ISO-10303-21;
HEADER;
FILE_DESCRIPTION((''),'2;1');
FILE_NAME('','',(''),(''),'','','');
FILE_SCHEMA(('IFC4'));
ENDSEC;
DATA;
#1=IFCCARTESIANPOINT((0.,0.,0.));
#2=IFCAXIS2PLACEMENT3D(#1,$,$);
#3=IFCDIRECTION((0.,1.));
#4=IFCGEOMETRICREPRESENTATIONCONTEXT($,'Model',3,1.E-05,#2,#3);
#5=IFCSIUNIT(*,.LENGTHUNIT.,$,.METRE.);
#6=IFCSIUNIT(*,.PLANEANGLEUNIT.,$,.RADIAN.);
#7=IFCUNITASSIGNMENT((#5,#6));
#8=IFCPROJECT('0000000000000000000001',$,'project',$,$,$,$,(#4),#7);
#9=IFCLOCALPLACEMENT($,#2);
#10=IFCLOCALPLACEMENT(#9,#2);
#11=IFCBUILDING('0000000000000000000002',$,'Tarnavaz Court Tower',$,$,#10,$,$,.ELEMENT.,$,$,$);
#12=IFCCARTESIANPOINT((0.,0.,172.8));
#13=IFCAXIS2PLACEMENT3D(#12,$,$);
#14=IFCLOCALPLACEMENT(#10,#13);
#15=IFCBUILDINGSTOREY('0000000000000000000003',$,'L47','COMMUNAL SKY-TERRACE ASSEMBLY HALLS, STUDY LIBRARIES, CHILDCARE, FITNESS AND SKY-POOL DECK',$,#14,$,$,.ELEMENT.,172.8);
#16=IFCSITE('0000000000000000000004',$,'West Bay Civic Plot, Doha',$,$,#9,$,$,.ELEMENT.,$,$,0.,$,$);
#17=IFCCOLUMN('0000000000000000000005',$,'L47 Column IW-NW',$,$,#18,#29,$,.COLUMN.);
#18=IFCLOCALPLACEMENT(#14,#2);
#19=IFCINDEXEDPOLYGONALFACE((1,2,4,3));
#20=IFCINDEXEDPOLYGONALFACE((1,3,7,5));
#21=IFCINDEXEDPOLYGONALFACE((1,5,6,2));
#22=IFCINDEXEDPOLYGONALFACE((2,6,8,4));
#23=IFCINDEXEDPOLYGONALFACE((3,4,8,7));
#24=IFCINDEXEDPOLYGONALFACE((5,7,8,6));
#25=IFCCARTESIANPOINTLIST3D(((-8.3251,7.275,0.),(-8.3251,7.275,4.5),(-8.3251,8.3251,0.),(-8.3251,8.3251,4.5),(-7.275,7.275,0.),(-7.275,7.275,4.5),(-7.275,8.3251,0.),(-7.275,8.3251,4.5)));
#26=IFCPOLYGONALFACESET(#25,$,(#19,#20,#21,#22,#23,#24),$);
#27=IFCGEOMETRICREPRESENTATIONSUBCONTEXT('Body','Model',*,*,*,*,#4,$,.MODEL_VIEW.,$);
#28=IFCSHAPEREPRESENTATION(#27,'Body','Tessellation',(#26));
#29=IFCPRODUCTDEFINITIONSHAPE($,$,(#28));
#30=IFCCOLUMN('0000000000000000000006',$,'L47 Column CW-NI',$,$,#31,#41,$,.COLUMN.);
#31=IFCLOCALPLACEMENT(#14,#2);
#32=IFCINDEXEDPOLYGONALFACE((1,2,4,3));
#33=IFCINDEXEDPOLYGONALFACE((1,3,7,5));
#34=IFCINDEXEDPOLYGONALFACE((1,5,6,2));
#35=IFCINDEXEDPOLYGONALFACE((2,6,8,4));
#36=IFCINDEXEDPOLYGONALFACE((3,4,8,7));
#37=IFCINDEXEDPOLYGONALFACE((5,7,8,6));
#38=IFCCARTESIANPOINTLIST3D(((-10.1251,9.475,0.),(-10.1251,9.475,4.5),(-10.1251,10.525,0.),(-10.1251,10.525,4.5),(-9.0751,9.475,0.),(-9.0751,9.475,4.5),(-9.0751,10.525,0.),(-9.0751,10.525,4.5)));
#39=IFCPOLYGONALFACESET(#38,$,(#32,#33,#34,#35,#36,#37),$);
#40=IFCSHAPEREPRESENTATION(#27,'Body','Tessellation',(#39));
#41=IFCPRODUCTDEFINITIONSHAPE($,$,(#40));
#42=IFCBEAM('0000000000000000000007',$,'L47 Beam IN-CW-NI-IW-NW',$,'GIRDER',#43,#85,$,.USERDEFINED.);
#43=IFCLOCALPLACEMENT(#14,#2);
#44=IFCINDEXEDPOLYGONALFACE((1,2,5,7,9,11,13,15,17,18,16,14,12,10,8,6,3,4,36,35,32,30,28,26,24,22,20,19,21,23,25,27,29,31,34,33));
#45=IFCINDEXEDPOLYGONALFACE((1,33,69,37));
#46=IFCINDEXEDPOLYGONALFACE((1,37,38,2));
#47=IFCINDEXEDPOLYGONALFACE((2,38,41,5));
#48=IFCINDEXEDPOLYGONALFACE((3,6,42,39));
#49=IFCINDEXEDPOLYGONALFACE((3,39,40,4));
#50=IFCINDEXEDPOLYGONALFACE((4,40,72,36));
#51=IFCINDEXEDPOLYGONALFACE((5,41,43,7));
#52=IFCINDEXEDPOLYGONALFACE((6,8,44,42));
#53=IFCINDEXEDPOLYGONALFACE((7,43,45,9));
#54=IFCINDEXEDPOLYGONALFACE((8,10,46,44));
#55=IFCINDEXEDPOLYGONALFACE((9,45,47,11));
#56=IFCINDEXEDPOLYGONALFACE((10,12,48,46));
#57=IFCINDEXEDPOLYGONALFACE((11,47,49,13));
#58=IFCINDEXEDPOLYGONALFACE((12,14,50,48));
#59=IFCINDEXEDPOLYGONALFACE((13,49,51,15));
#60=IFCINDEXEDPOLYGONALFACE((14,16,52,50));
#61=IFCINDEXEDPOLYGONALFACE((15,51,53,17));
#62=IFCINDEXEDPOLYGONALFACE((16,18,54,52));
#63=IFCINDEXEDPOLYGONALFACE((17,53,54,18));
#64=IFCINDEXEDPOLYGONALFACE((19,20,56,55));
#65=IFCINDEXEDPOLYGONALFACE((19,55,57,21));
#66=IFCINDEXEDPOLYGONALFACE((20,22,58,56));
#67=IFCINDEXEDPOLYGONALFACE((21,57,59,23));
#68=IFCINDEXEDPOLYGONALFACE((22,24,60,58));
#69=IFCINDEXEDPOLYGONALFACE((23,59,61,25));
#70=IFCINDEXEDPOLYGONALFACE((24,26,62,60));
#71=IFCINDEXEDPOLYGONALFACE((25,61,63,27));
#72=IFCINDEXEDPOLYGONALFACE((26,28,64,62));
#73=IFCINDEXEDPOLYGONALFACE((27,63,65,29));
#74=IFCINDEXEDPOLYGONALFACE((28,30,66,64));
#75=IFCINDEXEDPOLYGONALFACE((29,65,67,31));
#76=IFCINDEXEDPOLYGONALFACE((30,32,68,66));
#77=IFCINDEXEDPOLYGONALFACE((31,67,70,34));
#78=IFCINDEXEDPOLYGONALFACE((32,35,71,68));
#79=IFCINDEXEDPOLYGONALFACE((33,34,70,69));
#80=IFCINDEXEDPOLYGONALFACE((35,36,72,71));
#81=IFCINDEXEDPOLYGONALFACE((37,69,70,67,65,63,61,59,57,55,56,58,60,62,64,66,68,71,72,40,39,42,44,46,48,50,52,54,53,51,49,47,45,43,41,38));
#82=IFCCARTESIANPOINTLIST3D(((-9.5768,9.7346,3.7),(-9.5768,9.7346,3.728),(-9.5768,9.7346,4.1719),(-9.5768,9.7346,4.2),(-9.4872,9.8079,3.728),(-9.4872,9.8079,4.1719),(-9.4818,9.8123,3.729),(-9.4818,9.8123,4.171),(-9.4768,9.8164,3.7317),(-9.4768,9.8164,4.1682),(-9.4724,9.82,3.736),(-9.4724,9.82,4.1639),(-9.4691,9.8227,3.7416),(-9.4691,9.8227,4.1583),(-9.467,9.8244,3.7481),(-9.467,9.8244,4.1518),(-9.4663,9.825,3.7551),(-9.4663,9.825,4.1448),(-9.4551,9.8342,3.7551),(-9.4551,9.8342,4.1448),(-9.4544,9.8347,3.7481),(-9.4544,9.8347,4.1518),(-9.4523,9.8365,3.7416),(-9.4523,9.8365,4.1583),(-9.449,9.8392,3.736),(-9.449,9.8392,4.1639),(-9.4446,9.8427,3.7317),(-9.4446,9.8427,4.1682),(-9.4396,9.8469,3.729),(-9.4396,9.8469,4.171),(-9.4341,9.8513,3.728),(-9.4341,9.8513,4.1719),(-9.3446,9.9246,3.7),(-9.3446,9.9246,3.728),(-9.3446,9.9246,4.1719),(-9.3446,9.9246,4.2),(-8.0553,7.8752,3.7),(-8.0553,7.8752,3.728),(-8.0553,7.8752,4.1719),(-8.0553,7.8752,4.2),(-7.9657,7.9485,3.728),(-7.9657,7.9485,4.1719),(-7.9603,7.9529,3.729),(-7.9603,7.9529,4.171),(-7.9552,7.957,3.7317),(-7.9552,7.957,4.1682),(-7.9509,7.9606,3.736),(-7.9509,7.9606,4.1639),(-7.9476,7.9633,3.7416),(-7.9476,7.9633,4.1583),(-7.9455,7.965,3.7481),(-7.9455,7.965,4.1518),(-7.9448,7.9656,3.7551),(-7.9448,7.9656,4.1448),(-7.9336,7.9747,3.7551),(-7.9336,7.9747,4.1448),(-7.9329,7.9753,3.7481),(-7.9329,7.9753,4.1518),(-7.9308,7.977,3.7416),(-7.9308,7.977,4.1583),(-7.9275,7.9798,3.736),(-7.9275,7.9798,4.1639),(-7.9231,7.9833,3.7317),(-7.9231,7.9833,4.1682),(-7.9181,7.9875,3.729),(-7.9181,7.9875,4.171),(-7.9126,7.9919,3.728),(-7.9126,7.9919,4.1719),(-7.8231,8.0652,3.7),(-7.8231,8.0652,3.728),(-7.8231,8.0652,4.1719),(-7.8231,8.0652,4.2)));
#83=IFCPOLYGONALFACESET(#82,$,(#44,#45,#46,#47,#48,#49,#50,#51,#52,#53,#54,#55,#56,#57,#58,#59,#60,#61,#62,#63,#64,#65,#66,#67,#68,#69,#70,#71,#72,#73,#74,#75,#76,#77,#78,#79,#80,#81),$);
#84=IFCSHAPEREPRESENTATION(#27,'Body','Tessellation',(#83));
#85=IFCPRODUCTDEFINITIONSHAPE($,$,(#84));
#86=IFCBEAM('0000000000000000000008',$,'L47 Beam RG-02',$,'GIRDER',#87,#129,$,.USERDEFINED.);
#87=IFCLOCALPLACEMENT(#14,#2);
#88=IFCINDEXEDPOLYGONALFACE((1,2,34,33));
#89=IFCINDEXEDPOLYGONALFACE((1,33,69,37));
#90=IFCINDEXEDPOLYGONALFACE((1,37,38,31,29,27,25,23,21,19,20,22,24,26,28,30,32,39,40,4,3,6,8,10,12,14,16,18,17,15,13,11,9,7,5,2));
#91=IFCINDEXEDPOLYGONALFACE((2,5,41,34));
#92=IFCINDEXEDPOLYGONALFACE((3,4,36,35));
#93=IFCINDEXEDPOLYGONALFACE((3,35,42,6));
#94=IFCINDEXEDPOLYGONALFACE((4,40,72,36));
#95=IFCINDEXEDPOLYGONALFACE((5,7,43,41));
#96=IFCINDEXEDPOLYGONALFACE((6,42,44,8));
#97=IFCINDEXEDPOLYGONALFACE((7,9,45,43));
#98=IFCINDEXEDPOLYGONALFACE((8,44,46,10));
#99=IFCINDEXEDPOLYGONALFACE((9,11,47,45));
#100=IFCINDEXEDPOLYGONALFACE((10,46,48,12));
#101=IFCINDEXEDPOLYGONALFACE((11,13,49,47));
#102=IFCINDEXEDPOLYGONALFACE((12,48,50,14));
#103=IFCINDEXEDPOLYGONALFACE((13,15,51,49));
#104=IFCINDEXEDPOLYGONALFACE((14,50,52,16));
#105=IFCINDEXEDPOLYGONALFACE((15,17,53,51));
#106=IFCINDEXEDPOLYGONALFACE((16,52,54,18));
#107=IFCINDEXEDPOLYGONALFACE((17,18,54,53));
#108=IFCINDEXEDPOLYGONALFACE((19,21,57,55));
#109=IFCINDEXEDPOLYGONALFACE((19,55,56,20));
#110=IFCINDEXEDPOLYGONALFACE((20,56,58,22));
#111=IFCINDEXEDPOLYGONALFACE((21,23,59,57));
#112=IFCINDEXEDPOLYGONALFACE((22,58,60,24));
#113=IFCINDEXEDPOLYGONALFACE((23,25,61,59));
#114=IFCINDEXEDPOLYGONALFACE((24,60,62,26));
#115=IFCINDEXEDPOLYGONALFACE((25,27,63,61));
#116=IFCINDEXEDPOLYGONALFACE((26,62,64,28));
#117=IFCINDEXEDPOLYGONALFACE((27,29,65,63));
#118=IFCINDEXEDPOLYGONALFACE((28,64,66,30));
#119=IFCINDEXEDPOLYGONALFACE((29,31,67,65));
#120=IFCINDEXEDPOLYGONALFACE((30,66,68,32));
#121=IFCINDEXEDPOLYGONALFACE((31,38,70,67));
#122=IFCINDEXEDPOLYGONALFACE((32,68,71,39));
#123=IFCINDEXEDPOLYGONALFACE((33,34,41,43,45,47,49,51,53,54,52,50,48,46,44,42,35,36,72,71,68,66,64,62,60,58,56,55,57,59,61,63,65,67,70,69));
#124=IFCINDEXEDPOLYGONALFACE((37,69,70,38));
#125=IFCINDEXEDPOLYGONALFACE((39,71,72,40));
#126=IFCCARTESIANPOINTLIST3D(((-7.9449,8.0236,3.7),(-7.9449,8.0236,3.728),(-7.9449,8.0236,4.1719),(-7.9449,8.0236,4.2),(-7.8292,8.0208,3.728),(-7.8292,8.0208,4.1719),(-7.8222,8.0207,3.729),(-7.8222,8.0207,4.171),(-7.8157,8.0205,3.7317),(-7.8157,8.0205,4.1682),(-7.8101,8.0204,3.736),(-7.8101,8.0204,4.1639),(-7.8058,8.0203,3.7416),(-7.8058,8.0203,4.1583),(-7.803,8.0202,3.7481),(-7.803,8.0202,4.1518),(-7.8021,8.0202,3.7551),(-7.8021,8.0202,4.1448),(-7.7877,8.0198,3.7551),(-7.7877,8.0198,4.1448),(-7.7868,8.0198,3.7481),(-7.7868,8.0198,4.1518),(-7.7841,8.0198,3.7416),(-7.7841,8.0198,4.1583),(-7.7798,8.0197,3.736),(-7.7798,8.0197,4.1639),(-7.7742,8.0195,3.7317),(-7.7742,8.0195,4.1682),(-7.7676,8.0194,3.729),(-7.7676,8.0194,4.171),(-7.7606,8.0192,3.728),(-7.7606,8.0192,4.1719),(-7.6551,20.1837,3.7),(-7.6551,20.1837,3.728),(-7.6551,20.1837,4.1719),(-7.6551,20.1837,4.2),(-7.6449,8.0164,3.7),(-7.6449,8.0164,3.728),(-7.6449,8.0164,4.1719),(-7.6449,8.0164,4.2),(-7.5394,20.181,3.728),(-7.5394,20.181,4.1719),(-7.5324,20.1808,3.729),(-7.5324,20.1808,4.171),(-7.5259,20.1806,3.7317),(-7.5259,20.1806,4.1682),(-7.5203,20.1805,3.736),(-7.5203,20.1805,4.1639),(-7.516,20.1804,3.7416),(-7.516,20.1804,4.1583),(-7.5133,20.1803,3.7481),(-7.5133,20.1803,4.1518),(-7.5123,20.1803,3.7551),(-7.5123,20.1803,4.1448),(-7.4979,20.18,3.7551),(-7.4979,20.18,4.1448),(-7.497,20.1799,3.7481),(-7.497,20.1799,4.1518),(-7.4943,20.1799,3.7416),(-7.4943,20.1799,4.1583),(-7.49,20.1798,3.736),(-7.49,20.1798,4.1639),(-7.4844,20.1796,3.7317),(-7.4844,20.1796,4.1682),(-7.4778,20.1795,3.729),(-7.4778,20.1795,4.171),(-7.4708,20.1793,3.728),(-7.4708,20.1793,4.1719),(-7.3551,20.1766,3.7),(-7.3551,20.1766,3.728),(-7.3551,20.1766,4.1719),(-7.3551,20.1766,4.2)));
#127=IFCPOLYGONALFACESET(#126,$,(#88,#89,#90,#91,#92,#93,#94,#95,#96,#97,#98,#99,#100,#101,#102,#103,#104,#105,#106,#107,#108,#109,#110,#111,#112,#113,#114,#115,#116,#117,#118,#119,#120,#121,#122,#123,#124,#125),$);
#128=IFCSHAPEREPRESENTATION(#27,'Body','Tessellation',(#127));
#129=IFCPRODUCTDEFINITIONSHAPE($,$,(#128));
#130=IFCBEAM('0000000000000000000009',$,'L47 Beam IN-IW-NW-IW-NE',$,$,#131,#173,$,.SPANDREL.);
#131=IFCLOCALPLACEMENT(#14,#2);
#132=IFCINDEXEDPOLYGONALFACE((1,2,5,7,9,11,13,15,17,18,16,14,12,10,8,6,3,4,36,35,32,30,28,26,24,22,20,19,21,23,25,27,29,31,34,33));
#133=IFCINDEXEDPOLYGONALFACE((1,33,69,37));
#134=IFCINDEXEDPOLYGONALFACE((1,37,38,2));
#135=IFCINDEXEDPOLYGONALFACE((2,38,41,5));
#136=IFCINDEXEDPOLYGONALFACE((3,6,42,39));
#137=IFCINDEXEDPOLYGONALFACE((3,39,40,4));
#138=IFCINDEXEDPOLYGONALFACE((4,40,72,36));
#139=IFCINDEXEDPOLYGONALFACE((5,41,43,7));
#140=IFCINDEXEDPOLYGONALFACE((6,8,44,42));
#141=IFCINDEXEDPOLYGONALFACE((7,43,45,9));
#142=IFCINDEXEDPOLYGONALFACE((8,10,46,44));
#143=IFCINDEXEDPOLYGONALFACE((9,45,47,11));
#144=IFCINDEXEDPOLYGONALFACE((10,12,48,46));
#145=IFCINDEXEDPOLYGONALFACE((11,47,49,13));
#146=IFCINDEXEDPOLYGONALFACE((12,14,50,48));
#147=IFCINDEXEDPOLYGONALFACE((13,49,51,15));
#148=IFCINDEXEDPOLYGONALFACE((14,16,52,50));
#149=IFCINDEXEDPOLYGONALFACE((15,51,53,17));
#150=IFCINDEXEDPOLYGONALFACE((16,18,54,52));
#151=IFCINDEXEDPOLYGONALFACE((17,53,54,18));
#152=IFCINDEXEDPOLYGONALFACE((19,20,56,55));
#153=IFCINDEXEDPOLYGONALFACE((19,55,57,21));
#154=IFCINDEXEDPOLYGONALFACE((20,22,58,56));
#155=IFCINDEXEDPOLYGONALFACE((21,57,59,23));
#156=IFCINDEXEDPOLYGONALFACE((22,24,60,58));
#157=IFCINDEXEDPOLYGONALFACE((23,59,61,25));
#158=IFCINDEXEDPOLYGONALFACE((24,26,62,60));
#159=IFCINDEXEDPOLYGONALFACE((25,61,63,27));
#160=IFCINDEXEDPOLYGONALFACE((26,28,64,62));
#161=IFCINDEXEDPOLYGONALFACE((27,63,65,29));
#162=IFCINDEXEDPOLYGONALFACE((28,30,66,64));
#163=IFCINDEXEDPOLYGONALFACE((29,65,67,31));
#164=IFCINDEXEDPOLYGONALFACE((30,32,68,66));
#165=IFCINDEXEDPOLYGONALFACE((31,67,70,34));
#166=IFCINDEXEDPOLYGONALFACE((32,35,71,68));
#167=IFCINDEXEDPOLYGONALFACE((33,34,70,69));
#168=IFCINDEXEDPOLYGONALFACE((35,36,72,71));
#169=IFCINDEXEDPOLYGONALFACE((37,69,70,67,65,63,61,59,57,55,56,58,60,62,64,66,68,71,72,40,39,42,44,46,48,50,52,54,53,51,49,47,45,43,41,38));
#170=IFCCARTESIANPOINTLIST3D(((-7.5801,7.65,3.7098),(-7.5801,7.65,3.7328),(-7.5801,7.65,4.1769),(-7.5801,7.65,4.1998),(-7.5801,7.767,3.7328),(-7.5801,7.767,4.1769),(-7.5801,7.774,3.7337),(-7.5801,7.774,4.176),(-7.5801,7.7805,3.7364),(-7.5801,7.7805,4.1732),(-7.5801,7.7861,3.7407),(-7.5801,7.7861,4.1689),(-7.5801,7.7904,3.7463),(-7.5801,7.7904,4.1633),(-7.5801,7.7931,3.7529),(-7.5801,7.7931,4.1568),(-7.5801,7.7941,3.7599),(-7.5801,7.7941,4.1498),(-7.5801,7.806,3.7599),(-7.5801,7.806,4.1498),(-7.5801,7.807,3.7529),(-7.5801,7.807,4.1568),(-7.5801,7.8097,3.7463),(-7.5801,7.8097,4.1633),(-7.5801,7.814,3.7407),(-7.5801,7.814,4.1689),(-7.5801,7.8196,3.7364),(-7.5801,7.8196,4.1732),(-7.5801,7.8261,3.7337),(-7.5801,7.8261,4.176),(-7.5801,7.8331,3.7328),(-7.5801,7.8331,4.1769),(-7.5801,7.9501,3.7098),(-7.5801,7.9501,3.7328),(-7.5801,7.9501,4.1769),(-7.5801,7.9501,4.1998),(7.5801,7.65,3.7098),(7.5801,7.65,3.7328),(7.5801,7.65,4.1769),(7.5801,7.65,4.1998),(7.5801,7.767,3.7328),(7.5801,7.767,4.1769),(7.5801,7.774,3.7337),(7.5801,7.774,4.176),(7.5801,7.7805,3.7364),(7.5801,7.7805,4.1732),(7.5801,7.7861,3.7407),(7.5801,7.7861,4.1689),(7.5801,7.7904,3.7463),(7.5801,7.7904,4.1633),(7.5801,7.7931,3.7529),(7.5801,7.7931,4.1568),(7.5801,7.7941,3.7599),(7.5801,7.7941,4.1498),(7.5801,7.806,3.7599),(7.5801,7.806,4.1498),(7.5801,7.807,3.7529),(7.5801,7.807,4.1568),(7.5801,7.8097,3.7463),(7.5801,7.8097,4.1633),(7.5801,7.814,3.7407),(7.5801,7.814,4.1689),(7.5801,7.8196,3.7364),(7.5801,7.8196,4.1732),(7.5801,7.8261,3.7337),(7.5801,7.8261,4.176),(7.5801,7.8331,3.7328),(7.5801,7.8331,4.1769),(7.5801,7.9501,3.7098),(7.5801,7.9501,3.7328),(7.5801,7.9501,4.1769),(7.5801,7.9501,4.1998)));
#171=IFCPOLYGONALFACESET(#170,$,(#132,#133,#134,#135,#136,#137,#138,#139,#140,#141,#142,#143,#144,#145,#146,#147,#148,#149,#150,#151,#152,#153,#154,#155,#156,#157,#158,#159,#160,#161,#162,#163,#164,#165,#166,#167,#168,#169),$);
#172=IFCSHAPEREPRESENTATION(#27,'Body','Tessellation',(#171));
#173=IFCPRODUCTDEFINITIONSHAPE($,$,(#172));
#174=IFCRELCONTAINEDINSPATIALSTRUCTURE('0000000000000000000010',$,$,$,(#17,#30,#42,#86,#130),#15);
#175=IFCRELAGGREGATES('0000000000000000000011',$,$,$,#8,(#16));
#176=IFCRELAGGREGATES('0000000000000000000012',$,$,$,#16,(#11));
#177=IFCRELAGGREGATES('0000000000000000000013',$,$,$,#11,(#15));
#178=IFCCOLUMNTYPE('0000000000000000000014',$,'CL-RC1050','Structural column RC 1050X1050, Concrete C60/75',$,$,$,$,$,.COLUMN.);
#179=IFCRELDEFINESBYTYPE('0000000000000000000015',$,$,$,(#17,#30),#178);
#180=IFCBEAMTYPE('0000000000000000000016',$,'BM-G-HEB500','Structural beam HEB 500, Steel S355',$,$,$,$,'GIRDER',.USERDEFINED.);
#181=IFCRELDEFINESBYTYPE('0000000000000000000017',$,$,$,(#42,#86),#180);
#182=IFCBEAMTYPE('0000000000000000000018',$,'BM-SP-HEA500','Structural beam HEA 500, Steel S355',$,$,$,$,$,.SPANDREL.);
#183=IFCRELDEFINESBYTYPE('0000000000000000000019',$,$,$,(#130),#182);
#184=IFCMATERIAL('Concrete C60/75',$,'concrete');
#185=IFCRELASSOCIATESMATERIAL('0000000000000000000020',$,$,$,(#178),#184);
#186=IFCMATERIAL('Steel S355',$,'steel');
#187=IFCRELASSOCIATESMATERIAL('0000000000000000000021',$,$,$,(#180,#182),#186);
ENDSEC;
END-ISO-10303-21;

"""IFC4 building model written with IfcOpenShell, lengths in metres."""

from ifc_helpers import new_model, si_unit, direction, frame, origin, origin_2d, place, context, subcontext, project, spatial, rectangle, i_section, extrude, material, material_profile, profile_set, type_object, element, save


model = new_model("IFC4")

# Units and contexts
model_context = context("Model", 3, precision=1e-05, world=origin(), true_north=direction((0.0, 1.0)))
body_context = subcontext(model_context, "Body", "Model", "MODEL_VIEW")
ifc_project = project(units=[si_unit("LENGTHUNIT", "METRE"), si_unit("PLANEANGLEUNIT", "RADIAN")], contexts=[model_context])

# Site, building, storey
site_placement = place(None, origin())
site = spatial("IfcSite", under=ifc_project, at=site_placement, Name="West Bay Civic Plot, Doha", CompositionType="ELEMENT", RefElevation=0.0)
building_placement = place(site_placement, origin())
building = spatial("IfcBuilding", under=site, at=building_placement, Name="Tarnavaz Court Tower", CompositionType="ELEMENT")
storey_placement = place(building_placement, frame((0.0, 0.0, 172.8)))
storey = spatial("IfcBuildingStorey", under=building, at=storey_placement, Name="L47", Description="COMMUNAL SKY-TERRACE ASSEMBLY HALLS, STUDY LIBRARIES, CHILDCARE, FITNESS AND SKY-POOL DECK", CompositionType="ELEMENT", Elevation=172.8)

# Columns
ifc_material_1 = material(Name="Concrete C60/75", Category="concrete")
ifc_material_profile_1 = material_profile(ifc_material_1, rectangle(XDim=1.05, YDim=1.05, at=origin_2d()), Name="RC 1050X1050")
ifc_profile_set_1 = profile_set([ifc_material_profile_1], Name="Concrete C60/75")
column_type = type_object("IfcColumnType", Name="CL-RC1050", Description="Structural column RC 1050X1050, Concrete C60/75", PredefinedType="COLUMN", material=ifc_profile_set_1)
for number, where, z_axis, x_axis, name in (
    (1, (-7.8, 7.8, 0.0), (0.0, 0.0, 1.0), (1.0, 0.0, 0.0), "L47 Column IW-NW"),
    (2, (-9.6001, 10.0, 0.0), (0.0, 0.0, 1.0), (1.0, 0.0, 0.0), "L47 Column CW-NI"),
):
    element("IfcColumn", number, at=place(storey_placement, frame(where, z_axis=z_axis, x_axis=x_axis)), inside=storey, type_object=column_type, Name=name, PredefinedType="COLUMN", context=body_context, shape_type="SweptSolid", body=[
        extrude(rectangle(XDim=1.05, YDim=1.05, at=origin_2d()), origin(), (0.0, 0.0, 1.0), 4.5),
    ])

# Beams
ifc_material_2 = material(Name="Steel S355", Category="steel")
ifc_material_profile_2 = material_profile(ifc_material_2, i_section(OverallWidth=0.3, OverallDepth=0.5, WebThickness=0.0144, FlangeThickness=0.0281, FilletRadius=0.0271, at=origin_2d()), Name="HEB 500")
ifc_profile_set_2 = profile_set([ifc_material_profile_2], Name="Steel S355")
beam_type_1 = type_object("IfcBeamType", Name="BM-G-HEB500", Description="Structural beam HEB 500, Steel S355", ElementType="GIRDER", PredefinedType="USERDEFINED", material=ifc_profile_set_2)
beam_1_placement = place(storey_placement, frame((-9.4607, 9.8296, 3.95), z_axis=(0.633282, -0.773921, 0.0), x_axis=(0.773921, 0.633282, 0.0)))
element("IfcBeam", 3, at=beam_1_placement, inside=storey, type_object=beam_type_1, Name="L47 Beam IN-CW-NI-IW-NW", ObjectType="GIRDER", PredefinedType="USERDEFINED", context=body_context, shape_type="SweptSolid", body=[
    extrude(i_section(OverallWidth=0.3, OverallDepth=0.5, WebThickness=0.0144, FlangeThickness=0.0281, FilletRadius=0.0271, at=origin_2d()), origin(), (0.0, 0.0, 1.0), 2.4026),
])
beam_2_placement = place(storey_placement, frame((-7.7949, 8.02, 3.95), z_axis=(0.023825, 0.999716, 0.0), x_axis=(-0.999716, 0.023825, 0.0)))
element("IfcBeam", 4, at=beam_2_placement, inside=storey, type_object=beam_type_1, Name="L47 Beam RG-02", ObjectType="GIRDER", PredefinedType="USERDEFINED", context=body_context, shape_type="SweptSolid", body=[
    extrude(i_section(OverallWidth=0.3, OverallDepth=0.5, WebThickness=0.0144, FlangeThickness=0.0281, FilletRadius=0.0271, at=origin_2d()), origin(), (0.0, 0.0, 1.0), 12.1636),
])
ifc_material_profile_3 = material_profile(ifc_material_2, i_section(OverallWidth=0.3, OverallDepth=0.49, WebThickness=0.012, FlangeThickness=0.0229, FilletRadius=0.0271, at=origin_2d()), Name="HEA 500")
ifc_profile_set_3 = profile_set([ifc_material_profile_3], Name="Steel S355")
beam_type_2 = type_object("IfcBeamType", Name="BM-SP-HEA500", Description="Structural beam HEA 500, Steel S355", PredefinedType="SPANDREL", material=ifc_profile_set_3)
beam_3_placement = place(storey_placement, frame((-7.5801, 7.8, 3.9548), z_axis=(1.0, 0.0, 0.0), x_axis=(0.0, 1.0, 0.0)))
element("IfcBeam", 5, at=beam_3_placement, inside=storey, type_object=beam_type_2, Name="L47 Beam IN-IW-NW-IW-NE", PredefinedType="SPANDREL", context=body_context, shape_type="SweptSolid", body=[
    extrude(i_section(OverallWidth=0.3, OverallDepth=0.49, WebThickness=0.012, FlangeThickness=0.0229, FilletRadius=0.0271, at=origin_2d()), origin(), (0.0, 0.0, 1.0), 15.1602),
])

save(model, "model.ifc")
